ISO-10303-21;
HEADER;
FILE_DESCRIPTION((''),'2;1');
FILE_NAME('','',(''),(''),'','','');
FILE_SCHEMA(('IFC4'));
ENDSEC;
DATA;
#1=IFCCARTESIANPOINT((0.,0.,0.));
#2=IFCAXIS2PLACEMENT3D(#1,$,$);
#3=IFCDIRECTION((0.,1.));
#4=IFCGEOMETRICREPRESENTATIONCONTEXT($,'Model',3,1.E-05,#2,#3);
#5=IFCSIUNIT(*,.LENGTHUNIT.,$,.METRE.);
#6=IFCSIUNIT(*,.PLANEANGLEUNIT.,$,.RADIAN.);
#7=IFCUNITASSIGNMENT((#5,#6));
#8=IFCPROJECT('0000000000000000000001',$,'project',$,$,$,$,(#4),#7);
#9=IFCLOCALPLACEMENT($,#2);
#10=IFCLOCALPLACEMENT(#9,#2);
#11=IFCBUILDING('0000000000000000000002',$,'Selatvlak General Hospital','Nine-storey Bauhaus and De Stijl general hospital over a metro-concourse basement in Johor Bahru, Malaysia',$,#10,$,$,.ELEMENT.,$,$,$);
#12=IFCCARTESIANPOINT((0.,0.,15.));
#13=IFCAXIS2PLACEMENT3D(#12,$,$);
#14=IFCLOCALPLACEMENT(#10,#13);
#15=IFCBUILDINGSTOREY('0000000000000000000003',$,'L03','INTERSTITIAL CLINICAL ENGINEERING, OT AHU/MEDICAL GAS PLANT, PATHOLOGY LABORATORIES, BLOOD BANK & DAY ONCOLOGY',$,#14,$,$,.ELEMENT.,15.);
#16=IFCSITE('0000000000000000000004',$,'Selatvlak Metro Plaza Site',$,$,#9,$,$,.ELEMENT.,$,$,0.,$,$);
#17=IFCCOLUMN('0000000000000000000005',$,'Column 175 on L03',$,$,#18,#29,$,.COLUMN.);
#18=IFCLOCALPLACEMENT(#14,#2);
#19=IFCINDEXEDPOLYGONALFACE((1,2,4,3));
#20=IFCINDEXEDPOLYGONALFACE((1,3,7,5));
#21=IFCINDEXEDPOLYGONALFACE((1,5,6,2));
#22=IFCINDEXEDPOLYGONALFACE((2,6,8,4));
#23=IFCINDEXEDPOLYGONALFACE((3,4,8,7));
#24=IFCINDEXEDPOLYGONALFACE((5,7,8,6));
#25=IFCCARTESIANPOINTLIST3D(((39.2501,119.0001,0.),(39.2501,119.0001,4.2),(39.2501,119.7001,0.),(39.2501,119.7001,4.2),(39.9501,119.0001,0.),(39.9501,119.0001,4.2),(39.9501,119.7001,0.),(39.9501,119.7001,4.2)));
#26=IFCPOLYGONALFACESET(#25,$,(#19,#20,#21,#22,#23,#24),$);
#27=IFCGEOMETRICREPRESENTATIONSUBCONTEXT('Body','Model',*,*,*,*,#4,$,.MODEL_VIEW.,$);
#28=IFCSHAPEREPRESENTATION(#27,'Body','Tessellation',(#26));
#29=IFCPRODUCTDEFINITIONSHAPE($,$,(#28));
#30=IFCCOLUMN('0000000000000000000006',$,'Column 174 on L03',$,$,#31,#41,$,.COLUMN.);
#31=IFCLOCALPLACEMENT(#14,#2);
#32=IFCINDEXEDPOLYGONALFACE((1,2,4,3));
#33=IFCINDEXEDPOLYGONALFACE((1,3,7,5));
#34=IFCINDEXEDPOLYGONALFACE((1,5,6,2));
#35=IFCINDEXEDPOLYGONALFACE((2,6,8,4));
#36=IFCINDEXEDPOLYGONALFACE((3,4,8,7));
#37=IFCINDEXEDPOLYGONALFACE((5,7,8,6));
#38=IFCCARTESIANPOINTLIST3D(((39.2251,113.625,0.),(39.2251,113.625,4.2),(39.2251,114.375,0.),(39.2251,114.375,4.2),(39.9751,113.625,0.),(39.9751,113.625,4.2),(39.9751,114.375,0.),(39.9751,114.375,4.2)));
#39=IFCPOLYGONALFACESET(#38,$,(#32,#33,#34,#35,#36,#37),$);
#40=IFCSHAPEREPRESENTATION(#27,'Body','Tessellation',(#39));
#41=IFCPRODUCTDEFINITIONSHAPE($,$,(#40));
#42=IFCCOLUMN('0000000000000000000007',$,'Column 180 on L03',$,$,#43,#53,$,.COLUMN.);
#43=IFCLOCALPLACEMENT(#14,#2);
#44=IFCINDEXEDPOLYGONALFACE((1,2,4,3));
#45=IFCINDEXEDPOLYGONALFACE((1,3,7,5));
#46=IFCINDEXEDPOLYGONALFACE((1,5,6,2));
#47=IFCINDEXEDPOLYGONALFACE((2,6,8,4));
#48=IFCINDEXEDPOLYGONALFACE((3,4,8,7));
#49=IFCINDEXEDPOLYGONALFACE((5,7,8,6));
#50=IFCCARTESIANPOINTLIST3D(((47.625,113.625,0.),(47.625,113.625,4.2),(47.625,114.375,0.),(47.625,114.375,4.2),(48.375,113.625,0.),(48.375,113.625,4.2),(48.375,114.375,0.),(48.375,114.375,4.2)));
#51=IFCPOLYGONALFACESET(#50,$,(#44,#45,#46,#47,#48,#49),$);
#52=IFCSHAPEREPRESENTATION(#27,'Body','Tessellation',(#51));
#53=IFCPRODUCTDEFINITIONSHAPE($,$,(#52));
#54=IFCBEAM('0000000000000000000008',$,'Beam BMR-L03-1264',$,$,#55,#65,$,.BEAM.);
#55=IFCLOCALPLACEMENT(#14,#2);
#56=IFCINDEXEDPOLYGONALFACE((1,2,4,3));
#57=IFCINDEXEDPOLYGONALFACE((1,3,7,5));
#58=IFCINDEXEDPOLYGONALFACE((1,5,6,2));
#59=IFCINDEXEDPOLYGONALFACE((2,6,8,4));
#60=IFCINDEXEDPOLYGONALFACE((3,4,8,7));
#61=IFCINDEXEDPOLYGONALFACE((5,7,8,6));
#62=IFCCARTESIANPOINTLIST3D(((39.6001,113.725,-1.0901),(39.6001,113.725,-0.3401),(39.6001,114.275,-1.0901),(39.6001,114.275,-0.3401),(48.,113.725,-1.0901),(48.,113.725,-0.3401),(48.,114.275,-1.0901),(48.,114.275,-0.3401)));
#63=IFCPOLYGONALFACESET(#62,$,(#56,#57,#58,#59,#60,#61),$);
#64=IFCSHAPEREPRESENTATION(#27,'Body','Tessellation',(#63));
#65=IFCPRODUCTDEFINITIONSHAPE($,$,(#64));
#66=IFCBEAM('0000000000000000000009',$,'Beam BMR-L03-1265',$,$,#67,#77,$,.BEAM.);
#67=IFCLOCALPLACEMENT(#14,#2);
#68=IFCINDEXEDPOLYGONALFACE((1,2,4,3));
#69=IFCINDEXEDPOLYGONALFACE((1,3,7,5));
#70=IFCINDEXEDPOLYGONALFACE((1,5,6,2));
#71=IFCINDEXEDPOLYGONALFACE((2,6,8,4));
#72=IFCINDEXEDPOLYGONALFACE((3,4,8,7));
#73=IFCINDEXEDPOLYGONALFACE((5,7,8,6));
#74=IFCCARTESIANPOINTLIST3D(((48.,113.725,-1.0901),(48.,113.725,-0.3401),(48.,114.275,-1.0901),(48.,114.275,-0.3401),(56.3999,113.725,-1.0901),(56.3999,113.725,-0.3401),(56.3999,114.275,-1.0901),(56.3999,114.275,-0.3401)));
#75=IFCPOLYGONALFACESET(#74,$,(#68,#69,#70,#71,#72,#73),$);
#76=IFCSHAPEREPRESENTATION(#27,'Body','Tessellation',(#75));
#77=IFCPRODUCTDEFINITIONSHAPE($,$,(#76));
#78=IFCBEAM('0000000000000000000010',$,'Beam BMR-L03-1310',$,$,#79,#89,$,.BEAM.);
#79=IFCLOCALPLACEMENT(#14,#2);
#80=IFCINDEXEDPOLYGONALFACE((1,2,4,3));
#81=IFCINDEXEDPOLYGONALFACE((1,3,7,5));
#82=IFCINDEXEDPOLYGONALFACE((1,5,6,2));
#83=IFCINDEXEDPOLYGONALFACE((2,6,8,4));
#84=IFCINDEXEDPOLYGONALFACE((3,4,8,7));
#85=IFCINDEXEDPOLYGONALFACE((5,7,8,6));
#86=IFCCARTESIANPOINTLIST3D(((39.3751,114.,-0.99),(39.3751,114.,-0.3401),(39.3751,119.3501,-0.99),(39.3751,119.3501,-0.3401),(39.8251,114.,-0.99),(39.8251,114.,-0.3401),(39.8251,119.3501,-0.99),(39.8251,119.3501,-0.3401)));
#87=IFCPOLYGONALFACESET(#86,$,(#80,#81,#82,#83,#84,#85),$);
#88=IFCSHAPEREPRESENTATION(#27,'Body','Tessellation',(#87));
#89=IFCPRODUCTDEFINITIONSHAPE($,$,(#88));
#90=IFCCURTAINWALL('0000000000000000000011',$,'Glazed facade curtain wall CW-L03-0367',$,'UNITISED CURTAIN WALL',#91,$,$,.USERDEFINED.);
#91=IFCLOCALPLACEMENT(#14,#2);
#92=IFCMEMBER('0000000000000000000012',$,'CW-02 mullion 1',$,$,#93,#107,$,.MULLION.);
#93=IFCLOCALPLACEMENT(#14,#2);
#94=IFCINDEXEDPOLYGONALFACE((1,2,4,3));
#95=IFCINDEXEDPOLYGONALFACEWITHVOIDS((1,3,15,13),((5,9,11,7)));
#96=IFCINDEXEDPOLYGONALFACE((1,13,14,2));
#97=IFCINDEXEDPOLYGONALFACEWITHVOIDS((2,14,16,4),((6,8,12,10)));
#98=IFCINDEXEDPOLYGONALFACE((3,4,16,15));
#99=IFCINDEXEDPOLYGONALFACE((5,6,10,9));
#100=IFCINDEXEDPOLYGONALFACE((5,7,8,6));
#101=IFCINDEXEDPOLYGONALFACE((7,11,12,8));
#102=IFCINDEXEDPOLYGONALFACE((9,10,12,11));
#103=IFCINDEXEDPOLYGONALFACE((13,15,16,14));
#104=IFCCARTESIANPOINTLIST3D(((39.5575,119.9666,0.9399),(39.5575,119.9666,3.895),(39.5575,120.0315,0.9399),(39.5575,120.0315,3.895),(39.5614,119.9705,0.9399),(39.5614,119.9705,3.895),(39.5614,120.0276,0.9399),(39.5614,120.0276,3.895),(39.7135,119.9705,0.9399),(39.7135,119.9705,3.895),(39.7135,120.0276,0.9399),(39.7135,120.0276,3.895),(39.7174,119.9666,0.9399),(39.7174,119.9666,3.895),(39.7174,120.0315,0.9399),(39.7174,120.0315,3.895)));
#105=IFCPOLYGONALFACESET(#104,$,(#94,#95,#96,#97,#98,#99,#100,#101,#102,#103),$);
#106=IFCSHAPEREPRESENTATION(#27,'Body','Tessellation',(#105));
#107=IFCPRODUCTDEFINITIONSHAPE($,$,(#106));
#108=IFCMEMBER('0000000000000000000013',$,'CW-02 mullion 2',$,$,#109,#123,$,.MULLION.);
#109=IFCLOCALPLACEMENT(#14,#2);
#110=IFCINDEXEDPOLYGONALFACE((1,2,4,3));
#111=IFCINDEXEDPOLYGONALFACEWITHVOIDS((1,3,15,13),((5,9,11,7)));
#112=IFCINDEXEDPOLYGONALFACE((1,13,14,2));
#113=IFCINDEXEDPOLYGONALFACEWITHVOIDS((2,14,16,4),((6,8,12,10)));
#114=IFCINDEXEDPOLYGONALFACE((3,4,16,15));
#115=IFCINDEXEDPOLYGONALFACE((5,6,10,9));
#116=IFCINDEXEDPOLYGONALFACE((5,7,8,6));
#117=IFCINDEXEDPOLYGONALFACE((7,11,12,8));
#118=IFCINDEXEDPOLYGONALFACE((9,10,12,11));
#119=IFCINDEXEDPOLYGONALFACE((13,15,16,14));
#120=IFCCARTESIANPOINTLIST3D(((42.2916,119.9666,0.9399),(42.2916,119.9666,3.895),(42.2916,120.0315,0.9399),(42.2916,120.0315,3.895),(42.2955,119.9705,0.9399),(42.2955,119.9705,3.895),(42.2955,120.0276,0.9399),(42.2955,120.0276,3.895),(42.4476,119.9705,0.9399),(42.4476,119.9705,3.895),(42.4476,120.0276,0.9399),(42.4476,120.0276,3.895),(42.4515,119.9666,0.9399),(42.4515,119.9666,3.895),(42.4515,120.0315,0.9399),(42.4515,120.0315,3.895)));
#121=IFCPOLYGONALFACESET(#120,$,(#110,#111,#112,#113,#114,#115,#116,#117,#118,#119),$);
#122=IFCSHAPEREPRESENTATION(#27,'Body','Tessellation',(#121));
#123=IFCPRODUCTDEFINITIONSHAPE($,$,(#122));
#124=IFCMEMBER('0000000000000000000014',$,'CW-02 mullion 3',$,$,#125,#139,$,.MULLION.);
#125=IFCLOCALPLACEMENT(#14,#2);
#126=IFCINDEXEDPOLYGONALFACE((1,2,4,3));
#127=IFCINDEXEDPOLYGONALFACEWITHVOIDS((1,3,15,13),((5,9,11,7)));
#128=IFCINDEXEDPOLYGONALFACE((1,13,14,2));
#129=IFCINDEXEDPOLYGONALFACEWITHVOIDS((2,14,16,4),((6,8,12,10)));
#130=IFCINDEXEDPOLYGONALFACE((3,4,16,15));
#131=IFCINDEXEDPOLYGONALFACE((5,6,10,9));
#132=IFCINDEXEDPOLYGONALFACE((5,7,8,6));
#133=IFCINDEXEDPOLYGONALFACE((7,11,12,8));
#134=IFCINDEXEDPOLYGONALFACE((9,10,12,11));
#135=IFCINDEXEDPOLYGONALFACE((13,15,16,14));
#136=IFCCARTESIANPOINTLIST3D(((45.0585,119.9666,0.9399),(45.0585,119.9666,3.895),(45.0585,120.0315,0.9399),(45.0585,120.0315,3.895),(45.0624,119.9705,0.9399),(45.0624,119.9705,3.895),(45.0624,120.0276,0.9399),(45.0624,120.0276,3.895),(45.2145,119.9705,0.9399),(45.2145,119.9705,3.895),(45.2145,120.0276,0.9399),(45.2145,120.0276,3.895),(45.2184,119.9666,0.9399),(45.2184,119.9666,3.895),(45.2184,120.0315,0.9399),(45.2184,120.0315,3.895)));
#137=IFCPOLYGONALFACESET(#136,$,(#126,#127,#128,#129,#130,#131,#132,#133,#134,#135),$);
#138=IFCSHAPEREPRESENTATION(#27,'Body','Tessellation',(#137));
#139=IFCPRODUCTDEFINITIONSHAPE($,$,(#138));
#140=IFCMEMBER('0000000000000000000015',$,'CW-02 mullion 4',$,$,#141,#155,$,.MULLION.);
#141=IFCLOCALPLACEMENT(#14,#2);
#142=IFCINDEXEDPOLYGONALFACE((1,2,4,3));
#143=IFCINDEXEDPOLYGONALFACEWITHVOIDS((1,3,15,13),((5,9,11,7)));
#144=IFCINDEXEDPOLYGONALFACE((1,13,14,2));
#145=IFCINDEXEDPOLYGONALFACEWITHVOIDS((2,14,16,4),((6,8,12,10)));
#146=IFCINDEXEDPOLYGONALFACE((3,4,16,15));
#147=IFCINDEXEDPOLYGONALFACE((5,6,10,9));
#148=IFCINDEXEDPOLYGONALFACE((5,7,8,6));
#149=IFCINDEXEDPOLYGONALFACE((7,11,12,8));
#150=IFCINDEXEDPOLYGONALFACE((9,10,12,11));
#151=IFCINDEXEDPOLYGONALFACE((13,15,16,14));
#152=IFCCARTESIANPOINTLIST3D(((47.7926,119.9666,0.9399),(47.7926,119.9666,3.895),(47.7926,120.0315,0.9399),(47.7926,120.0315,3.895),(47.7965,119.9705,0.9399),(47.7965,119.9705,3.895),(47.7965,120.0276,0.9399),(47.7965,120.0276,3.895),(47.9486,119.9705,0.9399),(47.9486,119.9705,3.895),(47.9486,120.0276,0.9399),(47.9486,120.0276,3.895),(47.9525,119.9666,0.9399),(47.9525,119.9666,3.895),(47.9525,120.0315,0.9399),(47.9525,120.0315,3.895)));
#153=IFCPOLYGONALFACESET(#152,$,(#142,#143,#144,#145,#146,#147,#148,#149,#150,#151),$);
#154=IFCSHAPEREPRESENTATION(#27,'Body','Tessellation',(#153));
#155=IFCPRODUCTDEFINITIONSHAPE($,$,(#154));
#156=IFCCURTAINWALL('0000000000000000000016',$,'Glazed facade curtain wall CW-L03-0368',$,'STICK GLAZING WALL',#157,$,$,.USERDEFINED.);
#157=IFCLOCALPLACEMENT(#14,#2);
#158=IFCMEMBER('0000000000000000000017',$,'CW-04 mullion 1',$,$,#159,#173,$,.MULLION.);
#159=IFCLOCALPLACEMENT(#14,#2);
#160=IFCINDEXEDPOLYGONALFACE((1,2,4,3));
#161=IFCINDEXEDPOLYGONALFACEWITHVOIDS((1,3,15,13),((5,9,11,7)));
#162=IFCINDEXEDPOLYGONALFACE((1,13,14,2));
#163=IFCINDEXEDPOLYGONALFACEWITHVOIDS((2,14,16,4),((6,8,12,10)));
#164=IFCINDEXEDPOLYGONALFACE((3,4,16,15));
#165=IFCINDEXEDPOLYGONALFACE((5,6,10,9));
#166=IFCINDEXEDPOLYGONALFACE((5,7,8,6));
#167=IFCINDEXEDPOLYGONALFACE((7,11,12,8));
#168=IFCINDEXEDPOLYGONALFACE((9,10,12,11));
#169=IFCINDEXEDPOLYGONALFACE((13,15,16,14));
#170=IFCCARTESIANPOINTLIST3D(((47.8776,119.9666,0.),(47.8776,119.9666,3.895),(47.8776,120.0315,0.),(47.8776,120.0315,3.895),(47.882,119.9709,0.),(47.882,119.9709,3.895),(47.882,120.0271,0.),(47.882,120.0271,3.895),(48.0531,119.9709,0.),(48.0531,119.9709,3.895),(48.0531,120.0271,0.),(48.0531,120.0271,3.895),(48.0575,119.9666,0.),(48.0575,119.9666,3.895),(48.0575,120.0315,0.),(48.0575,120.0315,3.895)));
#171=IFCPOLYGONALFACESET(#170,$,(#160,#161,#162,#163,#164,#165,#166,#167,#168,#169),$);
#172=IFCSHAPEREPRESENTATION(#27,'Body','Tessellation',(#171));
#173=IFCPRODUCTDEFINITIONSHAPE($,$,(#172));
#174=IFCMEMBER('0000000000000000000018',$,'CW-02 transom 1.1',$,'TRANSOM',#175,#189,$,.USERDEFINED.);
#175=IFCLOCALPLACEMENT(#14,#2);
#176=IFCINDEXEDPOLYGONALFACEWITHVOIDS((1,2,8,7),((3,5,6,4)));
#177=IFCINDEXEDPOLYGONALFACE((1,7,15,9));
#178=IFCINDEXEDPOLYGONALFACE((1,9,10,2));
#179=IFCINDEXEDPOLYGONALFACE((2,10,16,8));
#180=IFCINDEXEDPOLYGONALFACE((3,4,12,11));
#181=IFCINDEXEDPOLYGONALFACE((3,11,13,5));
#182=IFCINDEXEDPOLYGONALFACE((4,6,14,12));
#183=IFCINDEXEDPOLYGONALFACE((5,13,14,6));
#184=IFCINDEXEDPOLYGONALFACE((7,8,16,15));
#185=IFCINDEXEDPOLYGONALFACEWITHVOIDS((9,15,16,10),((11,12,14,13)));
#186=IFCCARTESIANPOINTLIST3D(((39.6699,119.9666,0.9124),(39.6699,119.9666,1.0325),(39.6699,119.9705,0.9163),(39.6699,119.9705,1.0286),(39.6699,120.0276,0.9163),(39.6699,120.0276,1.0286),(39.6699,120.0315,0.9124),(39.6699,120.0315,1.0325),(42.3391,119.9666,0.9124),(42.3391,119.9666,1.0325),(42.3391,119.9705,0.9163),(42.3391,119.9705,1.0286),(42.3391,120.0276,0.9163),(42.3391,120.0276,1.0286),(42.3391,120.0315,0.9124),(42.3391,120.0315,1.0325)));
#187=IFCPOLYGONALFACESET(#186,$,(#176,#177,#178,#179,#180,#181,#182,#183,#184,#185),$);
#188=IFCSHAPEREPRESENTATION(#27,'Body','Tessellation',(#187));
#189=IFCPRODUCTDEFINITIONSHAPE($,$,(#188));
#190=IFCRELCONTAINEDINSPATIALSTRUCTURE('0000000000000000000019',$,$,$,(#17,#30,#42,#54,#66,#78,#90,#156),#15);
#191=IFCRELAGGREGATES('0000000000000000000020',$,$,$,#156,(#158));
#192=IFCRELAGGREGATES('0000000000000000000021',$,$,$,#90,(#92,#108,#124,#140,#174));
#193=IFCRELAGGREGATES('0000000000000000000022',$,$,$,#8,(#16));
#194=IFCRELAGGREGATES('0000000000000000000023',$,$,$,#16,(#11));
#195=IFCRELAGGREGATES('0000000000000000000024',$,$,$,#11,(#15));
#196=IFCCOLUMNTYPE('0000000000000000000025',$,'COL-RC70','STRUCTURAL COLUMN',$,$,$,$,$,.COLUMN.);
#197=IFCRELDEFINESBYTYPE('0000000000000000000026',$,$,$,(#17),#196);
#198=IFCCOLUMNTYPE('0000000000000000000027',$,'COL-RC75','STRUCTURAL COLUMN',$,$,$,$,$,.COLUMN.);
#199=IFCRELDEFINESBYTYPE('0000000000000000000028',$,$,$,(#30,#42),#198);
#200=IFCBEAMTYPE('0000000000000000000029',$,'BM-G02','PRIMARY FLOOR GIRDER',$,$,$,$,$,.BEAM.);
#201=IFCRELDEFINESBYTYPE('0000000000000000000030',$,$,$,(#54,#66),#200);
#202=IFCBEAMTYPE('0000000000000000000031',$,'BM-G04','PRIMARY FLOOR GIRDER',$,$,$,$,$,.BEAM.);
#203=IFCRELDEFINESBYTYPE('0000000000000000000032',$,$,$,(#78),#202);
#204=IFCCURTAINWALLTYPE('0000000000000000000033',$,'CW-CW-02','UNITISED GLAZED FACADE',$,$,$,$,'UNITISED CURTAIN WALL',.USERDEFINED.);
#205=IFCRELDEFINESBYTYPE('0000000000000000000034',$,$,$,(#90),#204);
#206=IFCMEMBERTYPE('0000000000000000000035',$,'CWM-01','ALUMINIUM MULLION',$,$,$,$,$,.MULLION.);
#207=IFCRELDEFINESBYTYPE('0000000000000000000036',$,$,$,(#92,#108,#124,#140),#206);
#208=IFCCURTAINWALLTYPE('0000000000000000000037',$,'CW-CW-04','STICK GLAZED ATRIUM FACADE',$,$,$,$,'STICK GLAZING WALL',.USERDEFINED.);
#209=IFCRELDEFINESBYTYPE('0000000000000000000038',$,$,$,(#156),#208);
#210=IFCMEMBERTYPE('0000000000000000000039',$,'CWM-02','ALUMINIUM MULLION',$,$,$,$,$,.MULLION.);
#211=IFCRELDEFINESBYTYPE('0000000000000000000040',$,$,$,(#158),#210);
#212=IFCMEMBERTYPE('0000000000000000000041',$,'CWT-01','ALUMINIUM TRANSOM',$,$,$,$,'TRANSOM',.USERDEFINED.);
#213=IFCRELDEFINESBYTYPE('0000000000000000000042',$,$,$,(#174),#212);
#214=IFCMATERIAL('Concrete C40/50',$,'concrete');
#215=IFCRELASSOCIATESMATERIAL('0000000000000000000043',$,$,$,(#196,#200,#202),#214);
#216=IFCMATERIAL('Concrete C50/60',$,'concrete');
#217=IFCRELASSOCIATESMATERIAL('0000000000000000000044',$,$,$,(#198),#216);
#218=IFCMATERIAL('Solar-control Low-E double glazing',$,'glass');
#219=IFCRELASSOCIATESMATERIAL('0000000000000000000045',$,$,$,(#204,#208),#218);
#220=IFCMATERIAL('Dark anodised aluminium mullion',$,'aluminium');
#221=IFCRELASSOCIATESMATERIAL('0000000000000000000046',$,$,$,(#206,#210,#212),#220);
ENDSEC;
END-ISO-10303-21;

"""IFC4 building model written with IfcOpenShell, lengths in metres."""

from ifc_helpers import new_model, si_unit, direction, frame, origin, origin_2d, place, context, subcontext, project, spatial, rectangle, hollow_rectangle, extrude, material, material_profile, profile_set, type_object, element, aggregate, save


model = new_model("IFC4")

# Units and contexts
model_context = context("Model", 3, precision=1e-05, world=origin(), true_north=direction((0.0, 1.0)))
body_context = subcontext(model_context, "Body", "Model", "MODEL_VIEW")
ifc_project = project(units=[si_unit("LENGTHUNIT", "METRE"), si_unit("PLANEANGLEUNIT", "RADIAN")], contexts=[model_context])

# Site, building, storey
site_placement = place(None, origin())
site = spatial("IfcSite", under=ifc_project, at=site_placement, Name="Selatvlak Metro Plaza Site", CompositionType="ELEMENT", RefElevation=0.0)
building_placement = place(site_placement, origin())
building = spatial("IfcBuilding", under=site, at=building_placement, Name="Selatvlak General Hospital", Description="Nine-storey Bauhaus and De Stijl general hospital over a metro-concourse basement in Johor Bahru, Malaysia", CompositionType="ELEMENT")
storey_placement = place(building_placement, frame((0.0, 0.0, 15.0)))
storey = spatial("IfcBuildingStorey", under=building, at=storey_placement, Name="L03", Description="INTERSTITIAL CLINICAL ENGINEERING, OT AHU/MEDICAL GAS PLANT, PATHOLOGY LABORATORIES, BLOOD BANK & DAY ONCOLOGY", CompositionType="ELEMENT", Elevation=15.0)

# Columns
ifc_material_1 = material(Name="Concrete C40/50", Category="concrete")
ifc_material_profile_1 = material_profile(ifc_material_1, rectangle(XDim=0.7, YDim=0.7, at=origin_2d()), Name="RC-COL 700x700")
ifc_profile_set_1 = profile_set([ifc_material_profile_1], Name="Concrete C40/50")
column_type_1 = type_object("IfcColumnType", Name="COL-RC70", Description="STRUCTURAL COLUMN", PredefinedType="COLUMN", material=ifc_profile_set_1)
column_placement = place(storey_placement, frame((39.6001, 119.3501, 0.0), z_axis=(0.0, 0.0, 1.0), x_axis=(1.0, 0.0, 0.0)))
element("IfcColumn", 1, at=column_placement, inside=storey, type_object=column_type_1, Name="Column 175 on L03", PredefinedType="COLUMN", context=body_context, shape_type="SweptSolid", body=[
    extrude(rectangle(XDim=0.7, YDim=0.7, at=origin_2d()), origin(), (0.0, 0.0, 1.0), 4.2),
])
ifc_material_2 = material(Name="Concrete C50/60", Category="concrete")
ifc_material_profile_2 = material_profile(ifc_material_2, rectangle(XDim=0.75, YDim=0.75, at=origin_2d()), Name="RC-COL 750x750")
ifc_profile_set_2 = profile_set([ifc_material_profile_2], Name="Concrete C50/60")
column_type_2 = type_object("IfcColumnType", Name="COL-RC75", Description="STRUCTURAL COLUMN", PredefinedType="COLUMN", material=ifc_profile_set_2)
for number, where, z_axis, x_axis, name in (
    (2, (39.6001, 114.0, 0.0), (0.0, 0.0, 1.0), (1.0, 0.0, 0.0), "Column 174 on L03"),
    (3, (48.0, 114.0, 0.0), (0.0, 0.0, 1.0), (1.0, 0.0, 0.0), "Column 180 on L03"),
):
    element("IfcColumn", number, at=place(storey_placement, frame(where, z_axis=z_axis, x_axis=x_axis)), inside=storey, type_object=column_type_2, Name=name, PredefinedType="COLUMN", context=body_context, shape_type="SweptSolid", body=[
        extrude(rectangle(XDim=0.75, YDim=0.75, at=origin_2d()), origin(), (0.0, 0.0, 1.0), 4.2),
    ])

# Beams
ifc_material_profile_3 = material_profile(ifc_material_1, rectangle(XDim=0.55, YDim=0.75, at=origin_2d()), Name="RC-BM 550x750")
ifc_profile_set_3 = profile_set([ifc_material_profile_3], Name="Concrete C40/50")
beam_type_1 = type_object("IfcBeamType", Name="BM-G02", Description="PRIMARY FLOOR GIRDER", PredefinedType="BEAM", material=ifc_profile_set_3)
for number, where, z_axis, x_axis, name in (
    (4, (39.6001, 114.0, -0.7151), (1.0, 0.0, 0.0), (0.0, 1.0, 0.0), "Beam BMR-L03-1264"),
    (5, (48.0, 114.0, -0.7151), (1.0, 0.0, 0.0), (0.0, 1.0, 0.0), "Beam BMR-L03-1265"),
):
    element("IfcBeam", number, at=place(storey_placement, frame(where, z_axis=z_axis, x_axis=x_axis)), inside=storey, type_object=beam_type_1, Name=name, PredefinedType="BEAM", context=body_context, shape_type="SweptSolid", body=[
        extrude(rectangle(XDim=0.55, YDim=0.75, at=origin_2d()), origin(), (0.0, 0.0, 1.0), 8.3999),
    ])
ifc_material_profile_4 = material_profile(ifc_material_1, rectangle(XDim=0.45, YDim=0.6499, at=origin_2d()), Name="RC-BM 450x650")
ifc_profile_set_4 = profile_set([ifc_material_profile_4], Name="Concrete C40/50")
beam_type_2 = type_object("IfcBeamType", Name="BM-G04", Description="PRIMARY FLOOR GIRDER", PredefinedType="BEAM", material=ifc_profile_set_4)
beam_placement = place(storey_placement, frame((39.6001, 114.0, -0.665), z_axis=(0.0, 1.0, 0.0), x_axis=(-1.0, 0.0, 0.0)))
element("IfcBeam", 6, at=beam_placement, inside=storey, type_object=beam_type_2, Name="Beam BMR-L03-1310", PredefinedType="BEAM", context=body_context, shape_type="SweptSolid", body=[
    extrude(rectangle(XDim=0.45, YDim=0.6499, at=origin_2d()), origin(), (0.0, 0.0, 1.0), 5.3501),
])

# Curtain wall, members
ifc_material_3 = material(Name="Solar-control Low-E double glazing", Category="glass")
curtain_wall_type_1 = type_object("IfcCurtainWallType", Name="CW-CW-02", Description="UNITISED GLAZED FACADE", ElementType="UNITISED CURTAIN WALL", PredefinedType="USERDEFINED", material=ifc_material_3)
curtain_wall_1_placement = place(storey_placement, origin())
curtain_wall_1 = element("IfcCurtainWall", 7, at=curtain_wall_1_placement, inside=storey, type_object=curtain_wall_type_1, Name="Glazed facade curtain wall CW-L03-0367", ObjectType="UNITISED CURTAIN WALL", PredefinedType="USERDEFINED")
ifc_material_4 = material(Name="Dark anodised aluminium mullion", Category="aluminium")
ifc_material_profile_5 = material_profile(ifc_material_4, hollow_rectangle(XDim=0.0649, YDim=0.1599, WallThickness=0.0039, at=origin_2d()), Name="AL-MUL 65x160x4")
ifc_profile_set_5 = profile_set([ifc_material_profile_5], Name="Dark anodised aluminium mullion")
member_type_1 = type_object("IfcMemberType", Name="CWM-01", Description="ALUMINIUM MULLION", PredefinedType="MULLION", material=ifc_profile_set_5)
member_1_placement = place(storey_placement, frame((39.6375, 119.999, 0.9399), z_axis=(0.0, 0.0, 1.0), x_axis=(0.0, 1.0, 0.0)))
member_1 = element("IfcMember", 8, at=member_1_placement, type_object=member_type_1, Name="CW-02 mullion 1", PredefinedType="MULLION", context=body_context, shape_type="SweptSolid", body=[
    extrude(hollow_rectangle(XDim=0.0649, YDim=0.1599, WallThickness=0.0039, at=origin_2d()), origin(), (0.0, 0.0, 1.0), 2.9551),
])
member_2_placement = place(storey_placement, frame((42.3716, 119.999, 0.9399), z_axis=(0.0, 0.0, 1.0), x_axis=(0.0, 1.0, 0.0)))
member_2 = element("IfcMember", 9, at=member_2_placement, type_object=member_type_1, Name="CW-02 mullion 2", PredefinedType="MULLION", context=body_context, shape_type="SweptSolid", body=[
    extrude(hollow_rectangle(XDim=0.0649, YDim=0.1599, WallThickness=0.0039, at=origin_2d()), origin(), (0.0, 0.0, 1.0), 2.9551),
])
member_3_placement = place(storey_placement, frame((45.1384, 119.999, 0.9399), z_axis=(0.0, 0.0, 1.0), x_axis=(0.0, 1.0, 0.0)))
member_3 = element("IfcMember", 10, at=member_3_placement, type_object=member_type_1, Name="CW-02 mullion 3", PredefinedType="MULLION", context=body_context, shape_type="SweptSolid", body=[
    extrude(hollow_rectangle(XDim=0.0649, YDim=0.1599, WallThickness=0.0039, at=origin_2d()), origin(), (0.0, 0.0, 1.0), 2.9551),
])
member_4_placement = place(storey_placement, frame((47.8726, 119.999, 0.9399), z_axis=(0.0, 0.0, 1.0), x_axis=(0.0, 1.0, 0.0)))
member_4 = element("IfcMember", 11, at=member_4_placement, type_object=member_type_1, Name="CW-02 mullion 4", PredefinedType="MULLION", context=body_context, shape_type="SweptSolid", body=[
    extrude(hollow_rectangle(XDim=0.0649, YDim=0.1599, WallThickness=0.0039, at=origin_2d()), origin(), (0.0, 0.0, 1.0), 2.9551),
])

# Curtain wall, member
curtain_wall_type_2 = type_object("IfcCurtainWallType", Name="CW-CW-04", Description="STICK GLAZED ATRIUM FACADE", ElementType="STICK GLAZING WALL", PredefinedType="USERDEFINED", material=ifc_material_3)
curtain_wall_2_placement = place(storey_placement, origin())
curtain_wall_2 = element("IfcCurtainWall", 12, at=curtain_wall_2_placement, inside=storey, type_object=curtain_wall_type_2, Name="Glazed facade curtain wall CW-L03-0368", ObjectType="STICK GLAZING WALL", PredefinedType="USERDEFINED")
ifc_material_profile_6 = material_profile(ifc_material_4, hollow_rectangle(XDim=0.0649, YDim=0.1799, WallThickness=0.0044, at=origin_2d()), Name="AL-MUL 65x180x4.5")
ifc_profile_set_6 = profile_set([ifc_material_profile_6], Name="Dark anodised aluminium mullion")
member_type_2 = type_object("IfcMemberType", Name="CWM-02", Description="ALUMINIUM MULLION", PredefinedType="MULLION", material=ifc_profile_set_6)
member_5_placement = place(storey_placement, frame((47.9675, 119.999, 0.0), z_axis=(0.0, 0.0, 1.0), x_axis=(0.0, 1.0, 0.0)))
member_5 = element("IfcMember", 13, at=member_5_placement, type_object=member_type_2, Name="CW-04 mullion 1", PredefinedType="MULLION", context=body_context, shape_type="SweptSolid", body=[
    extrude(hollow_rectangle(XDim=0.0649, YDim=0.1799, WallThickness=0.0044, at=origin_2d()), origin(), (0.0, 0.0, 1.0), 3.895),
])

# Member
ifc_material_profile_7 = material_profile(ifc_material_4, hollow_rectangle(XDim=0.0649, YDim=0.1201, WallThickness=0.0039, at=origin_2d()), Name="AL-TRN 65x120x4")
ifc_profile_set_7 = profile_set([ifc_material_profile_7], Name="Dark anodised aluminium mullion")
member_type_3 = type_object("IfcMemberType", Name="CWT-01", Description="ALUMINIUM TRANSOM", ElementType="TRANSOM", PredefinedType="USERDEFINED", material=ifc_profile_set_7)
member_6_placement = place(storey_placement, frame((39.6699, 119.999, 0.9724), z_axis=(1.0, 0.0, 0.0), x_axis=(0.0, 1.0, 0.0)))
member_6 = element("IfcMember", 14, at=member_6_placement, type_object=member_type_3, Name="CW-02 transom 1.1", ObjectType="TRANSOM", PredefinedType="USERDEFINED", context=body_context, shape_type="SweptSolid", body=[
    extrude(hollow_rectangle(XDim=0.0649, YDim=0.1201, WallThickness=0.0039, at=origin_2d()), origin(), (0.0, 0.0, 1.0), 2.6692),
])
aggregate(curtain_wall_2, [member_5])

aggregate(curtain_wall_1, [member_1, member_2, member_3, member_4, member_6])

save(model, "model.ifc")
